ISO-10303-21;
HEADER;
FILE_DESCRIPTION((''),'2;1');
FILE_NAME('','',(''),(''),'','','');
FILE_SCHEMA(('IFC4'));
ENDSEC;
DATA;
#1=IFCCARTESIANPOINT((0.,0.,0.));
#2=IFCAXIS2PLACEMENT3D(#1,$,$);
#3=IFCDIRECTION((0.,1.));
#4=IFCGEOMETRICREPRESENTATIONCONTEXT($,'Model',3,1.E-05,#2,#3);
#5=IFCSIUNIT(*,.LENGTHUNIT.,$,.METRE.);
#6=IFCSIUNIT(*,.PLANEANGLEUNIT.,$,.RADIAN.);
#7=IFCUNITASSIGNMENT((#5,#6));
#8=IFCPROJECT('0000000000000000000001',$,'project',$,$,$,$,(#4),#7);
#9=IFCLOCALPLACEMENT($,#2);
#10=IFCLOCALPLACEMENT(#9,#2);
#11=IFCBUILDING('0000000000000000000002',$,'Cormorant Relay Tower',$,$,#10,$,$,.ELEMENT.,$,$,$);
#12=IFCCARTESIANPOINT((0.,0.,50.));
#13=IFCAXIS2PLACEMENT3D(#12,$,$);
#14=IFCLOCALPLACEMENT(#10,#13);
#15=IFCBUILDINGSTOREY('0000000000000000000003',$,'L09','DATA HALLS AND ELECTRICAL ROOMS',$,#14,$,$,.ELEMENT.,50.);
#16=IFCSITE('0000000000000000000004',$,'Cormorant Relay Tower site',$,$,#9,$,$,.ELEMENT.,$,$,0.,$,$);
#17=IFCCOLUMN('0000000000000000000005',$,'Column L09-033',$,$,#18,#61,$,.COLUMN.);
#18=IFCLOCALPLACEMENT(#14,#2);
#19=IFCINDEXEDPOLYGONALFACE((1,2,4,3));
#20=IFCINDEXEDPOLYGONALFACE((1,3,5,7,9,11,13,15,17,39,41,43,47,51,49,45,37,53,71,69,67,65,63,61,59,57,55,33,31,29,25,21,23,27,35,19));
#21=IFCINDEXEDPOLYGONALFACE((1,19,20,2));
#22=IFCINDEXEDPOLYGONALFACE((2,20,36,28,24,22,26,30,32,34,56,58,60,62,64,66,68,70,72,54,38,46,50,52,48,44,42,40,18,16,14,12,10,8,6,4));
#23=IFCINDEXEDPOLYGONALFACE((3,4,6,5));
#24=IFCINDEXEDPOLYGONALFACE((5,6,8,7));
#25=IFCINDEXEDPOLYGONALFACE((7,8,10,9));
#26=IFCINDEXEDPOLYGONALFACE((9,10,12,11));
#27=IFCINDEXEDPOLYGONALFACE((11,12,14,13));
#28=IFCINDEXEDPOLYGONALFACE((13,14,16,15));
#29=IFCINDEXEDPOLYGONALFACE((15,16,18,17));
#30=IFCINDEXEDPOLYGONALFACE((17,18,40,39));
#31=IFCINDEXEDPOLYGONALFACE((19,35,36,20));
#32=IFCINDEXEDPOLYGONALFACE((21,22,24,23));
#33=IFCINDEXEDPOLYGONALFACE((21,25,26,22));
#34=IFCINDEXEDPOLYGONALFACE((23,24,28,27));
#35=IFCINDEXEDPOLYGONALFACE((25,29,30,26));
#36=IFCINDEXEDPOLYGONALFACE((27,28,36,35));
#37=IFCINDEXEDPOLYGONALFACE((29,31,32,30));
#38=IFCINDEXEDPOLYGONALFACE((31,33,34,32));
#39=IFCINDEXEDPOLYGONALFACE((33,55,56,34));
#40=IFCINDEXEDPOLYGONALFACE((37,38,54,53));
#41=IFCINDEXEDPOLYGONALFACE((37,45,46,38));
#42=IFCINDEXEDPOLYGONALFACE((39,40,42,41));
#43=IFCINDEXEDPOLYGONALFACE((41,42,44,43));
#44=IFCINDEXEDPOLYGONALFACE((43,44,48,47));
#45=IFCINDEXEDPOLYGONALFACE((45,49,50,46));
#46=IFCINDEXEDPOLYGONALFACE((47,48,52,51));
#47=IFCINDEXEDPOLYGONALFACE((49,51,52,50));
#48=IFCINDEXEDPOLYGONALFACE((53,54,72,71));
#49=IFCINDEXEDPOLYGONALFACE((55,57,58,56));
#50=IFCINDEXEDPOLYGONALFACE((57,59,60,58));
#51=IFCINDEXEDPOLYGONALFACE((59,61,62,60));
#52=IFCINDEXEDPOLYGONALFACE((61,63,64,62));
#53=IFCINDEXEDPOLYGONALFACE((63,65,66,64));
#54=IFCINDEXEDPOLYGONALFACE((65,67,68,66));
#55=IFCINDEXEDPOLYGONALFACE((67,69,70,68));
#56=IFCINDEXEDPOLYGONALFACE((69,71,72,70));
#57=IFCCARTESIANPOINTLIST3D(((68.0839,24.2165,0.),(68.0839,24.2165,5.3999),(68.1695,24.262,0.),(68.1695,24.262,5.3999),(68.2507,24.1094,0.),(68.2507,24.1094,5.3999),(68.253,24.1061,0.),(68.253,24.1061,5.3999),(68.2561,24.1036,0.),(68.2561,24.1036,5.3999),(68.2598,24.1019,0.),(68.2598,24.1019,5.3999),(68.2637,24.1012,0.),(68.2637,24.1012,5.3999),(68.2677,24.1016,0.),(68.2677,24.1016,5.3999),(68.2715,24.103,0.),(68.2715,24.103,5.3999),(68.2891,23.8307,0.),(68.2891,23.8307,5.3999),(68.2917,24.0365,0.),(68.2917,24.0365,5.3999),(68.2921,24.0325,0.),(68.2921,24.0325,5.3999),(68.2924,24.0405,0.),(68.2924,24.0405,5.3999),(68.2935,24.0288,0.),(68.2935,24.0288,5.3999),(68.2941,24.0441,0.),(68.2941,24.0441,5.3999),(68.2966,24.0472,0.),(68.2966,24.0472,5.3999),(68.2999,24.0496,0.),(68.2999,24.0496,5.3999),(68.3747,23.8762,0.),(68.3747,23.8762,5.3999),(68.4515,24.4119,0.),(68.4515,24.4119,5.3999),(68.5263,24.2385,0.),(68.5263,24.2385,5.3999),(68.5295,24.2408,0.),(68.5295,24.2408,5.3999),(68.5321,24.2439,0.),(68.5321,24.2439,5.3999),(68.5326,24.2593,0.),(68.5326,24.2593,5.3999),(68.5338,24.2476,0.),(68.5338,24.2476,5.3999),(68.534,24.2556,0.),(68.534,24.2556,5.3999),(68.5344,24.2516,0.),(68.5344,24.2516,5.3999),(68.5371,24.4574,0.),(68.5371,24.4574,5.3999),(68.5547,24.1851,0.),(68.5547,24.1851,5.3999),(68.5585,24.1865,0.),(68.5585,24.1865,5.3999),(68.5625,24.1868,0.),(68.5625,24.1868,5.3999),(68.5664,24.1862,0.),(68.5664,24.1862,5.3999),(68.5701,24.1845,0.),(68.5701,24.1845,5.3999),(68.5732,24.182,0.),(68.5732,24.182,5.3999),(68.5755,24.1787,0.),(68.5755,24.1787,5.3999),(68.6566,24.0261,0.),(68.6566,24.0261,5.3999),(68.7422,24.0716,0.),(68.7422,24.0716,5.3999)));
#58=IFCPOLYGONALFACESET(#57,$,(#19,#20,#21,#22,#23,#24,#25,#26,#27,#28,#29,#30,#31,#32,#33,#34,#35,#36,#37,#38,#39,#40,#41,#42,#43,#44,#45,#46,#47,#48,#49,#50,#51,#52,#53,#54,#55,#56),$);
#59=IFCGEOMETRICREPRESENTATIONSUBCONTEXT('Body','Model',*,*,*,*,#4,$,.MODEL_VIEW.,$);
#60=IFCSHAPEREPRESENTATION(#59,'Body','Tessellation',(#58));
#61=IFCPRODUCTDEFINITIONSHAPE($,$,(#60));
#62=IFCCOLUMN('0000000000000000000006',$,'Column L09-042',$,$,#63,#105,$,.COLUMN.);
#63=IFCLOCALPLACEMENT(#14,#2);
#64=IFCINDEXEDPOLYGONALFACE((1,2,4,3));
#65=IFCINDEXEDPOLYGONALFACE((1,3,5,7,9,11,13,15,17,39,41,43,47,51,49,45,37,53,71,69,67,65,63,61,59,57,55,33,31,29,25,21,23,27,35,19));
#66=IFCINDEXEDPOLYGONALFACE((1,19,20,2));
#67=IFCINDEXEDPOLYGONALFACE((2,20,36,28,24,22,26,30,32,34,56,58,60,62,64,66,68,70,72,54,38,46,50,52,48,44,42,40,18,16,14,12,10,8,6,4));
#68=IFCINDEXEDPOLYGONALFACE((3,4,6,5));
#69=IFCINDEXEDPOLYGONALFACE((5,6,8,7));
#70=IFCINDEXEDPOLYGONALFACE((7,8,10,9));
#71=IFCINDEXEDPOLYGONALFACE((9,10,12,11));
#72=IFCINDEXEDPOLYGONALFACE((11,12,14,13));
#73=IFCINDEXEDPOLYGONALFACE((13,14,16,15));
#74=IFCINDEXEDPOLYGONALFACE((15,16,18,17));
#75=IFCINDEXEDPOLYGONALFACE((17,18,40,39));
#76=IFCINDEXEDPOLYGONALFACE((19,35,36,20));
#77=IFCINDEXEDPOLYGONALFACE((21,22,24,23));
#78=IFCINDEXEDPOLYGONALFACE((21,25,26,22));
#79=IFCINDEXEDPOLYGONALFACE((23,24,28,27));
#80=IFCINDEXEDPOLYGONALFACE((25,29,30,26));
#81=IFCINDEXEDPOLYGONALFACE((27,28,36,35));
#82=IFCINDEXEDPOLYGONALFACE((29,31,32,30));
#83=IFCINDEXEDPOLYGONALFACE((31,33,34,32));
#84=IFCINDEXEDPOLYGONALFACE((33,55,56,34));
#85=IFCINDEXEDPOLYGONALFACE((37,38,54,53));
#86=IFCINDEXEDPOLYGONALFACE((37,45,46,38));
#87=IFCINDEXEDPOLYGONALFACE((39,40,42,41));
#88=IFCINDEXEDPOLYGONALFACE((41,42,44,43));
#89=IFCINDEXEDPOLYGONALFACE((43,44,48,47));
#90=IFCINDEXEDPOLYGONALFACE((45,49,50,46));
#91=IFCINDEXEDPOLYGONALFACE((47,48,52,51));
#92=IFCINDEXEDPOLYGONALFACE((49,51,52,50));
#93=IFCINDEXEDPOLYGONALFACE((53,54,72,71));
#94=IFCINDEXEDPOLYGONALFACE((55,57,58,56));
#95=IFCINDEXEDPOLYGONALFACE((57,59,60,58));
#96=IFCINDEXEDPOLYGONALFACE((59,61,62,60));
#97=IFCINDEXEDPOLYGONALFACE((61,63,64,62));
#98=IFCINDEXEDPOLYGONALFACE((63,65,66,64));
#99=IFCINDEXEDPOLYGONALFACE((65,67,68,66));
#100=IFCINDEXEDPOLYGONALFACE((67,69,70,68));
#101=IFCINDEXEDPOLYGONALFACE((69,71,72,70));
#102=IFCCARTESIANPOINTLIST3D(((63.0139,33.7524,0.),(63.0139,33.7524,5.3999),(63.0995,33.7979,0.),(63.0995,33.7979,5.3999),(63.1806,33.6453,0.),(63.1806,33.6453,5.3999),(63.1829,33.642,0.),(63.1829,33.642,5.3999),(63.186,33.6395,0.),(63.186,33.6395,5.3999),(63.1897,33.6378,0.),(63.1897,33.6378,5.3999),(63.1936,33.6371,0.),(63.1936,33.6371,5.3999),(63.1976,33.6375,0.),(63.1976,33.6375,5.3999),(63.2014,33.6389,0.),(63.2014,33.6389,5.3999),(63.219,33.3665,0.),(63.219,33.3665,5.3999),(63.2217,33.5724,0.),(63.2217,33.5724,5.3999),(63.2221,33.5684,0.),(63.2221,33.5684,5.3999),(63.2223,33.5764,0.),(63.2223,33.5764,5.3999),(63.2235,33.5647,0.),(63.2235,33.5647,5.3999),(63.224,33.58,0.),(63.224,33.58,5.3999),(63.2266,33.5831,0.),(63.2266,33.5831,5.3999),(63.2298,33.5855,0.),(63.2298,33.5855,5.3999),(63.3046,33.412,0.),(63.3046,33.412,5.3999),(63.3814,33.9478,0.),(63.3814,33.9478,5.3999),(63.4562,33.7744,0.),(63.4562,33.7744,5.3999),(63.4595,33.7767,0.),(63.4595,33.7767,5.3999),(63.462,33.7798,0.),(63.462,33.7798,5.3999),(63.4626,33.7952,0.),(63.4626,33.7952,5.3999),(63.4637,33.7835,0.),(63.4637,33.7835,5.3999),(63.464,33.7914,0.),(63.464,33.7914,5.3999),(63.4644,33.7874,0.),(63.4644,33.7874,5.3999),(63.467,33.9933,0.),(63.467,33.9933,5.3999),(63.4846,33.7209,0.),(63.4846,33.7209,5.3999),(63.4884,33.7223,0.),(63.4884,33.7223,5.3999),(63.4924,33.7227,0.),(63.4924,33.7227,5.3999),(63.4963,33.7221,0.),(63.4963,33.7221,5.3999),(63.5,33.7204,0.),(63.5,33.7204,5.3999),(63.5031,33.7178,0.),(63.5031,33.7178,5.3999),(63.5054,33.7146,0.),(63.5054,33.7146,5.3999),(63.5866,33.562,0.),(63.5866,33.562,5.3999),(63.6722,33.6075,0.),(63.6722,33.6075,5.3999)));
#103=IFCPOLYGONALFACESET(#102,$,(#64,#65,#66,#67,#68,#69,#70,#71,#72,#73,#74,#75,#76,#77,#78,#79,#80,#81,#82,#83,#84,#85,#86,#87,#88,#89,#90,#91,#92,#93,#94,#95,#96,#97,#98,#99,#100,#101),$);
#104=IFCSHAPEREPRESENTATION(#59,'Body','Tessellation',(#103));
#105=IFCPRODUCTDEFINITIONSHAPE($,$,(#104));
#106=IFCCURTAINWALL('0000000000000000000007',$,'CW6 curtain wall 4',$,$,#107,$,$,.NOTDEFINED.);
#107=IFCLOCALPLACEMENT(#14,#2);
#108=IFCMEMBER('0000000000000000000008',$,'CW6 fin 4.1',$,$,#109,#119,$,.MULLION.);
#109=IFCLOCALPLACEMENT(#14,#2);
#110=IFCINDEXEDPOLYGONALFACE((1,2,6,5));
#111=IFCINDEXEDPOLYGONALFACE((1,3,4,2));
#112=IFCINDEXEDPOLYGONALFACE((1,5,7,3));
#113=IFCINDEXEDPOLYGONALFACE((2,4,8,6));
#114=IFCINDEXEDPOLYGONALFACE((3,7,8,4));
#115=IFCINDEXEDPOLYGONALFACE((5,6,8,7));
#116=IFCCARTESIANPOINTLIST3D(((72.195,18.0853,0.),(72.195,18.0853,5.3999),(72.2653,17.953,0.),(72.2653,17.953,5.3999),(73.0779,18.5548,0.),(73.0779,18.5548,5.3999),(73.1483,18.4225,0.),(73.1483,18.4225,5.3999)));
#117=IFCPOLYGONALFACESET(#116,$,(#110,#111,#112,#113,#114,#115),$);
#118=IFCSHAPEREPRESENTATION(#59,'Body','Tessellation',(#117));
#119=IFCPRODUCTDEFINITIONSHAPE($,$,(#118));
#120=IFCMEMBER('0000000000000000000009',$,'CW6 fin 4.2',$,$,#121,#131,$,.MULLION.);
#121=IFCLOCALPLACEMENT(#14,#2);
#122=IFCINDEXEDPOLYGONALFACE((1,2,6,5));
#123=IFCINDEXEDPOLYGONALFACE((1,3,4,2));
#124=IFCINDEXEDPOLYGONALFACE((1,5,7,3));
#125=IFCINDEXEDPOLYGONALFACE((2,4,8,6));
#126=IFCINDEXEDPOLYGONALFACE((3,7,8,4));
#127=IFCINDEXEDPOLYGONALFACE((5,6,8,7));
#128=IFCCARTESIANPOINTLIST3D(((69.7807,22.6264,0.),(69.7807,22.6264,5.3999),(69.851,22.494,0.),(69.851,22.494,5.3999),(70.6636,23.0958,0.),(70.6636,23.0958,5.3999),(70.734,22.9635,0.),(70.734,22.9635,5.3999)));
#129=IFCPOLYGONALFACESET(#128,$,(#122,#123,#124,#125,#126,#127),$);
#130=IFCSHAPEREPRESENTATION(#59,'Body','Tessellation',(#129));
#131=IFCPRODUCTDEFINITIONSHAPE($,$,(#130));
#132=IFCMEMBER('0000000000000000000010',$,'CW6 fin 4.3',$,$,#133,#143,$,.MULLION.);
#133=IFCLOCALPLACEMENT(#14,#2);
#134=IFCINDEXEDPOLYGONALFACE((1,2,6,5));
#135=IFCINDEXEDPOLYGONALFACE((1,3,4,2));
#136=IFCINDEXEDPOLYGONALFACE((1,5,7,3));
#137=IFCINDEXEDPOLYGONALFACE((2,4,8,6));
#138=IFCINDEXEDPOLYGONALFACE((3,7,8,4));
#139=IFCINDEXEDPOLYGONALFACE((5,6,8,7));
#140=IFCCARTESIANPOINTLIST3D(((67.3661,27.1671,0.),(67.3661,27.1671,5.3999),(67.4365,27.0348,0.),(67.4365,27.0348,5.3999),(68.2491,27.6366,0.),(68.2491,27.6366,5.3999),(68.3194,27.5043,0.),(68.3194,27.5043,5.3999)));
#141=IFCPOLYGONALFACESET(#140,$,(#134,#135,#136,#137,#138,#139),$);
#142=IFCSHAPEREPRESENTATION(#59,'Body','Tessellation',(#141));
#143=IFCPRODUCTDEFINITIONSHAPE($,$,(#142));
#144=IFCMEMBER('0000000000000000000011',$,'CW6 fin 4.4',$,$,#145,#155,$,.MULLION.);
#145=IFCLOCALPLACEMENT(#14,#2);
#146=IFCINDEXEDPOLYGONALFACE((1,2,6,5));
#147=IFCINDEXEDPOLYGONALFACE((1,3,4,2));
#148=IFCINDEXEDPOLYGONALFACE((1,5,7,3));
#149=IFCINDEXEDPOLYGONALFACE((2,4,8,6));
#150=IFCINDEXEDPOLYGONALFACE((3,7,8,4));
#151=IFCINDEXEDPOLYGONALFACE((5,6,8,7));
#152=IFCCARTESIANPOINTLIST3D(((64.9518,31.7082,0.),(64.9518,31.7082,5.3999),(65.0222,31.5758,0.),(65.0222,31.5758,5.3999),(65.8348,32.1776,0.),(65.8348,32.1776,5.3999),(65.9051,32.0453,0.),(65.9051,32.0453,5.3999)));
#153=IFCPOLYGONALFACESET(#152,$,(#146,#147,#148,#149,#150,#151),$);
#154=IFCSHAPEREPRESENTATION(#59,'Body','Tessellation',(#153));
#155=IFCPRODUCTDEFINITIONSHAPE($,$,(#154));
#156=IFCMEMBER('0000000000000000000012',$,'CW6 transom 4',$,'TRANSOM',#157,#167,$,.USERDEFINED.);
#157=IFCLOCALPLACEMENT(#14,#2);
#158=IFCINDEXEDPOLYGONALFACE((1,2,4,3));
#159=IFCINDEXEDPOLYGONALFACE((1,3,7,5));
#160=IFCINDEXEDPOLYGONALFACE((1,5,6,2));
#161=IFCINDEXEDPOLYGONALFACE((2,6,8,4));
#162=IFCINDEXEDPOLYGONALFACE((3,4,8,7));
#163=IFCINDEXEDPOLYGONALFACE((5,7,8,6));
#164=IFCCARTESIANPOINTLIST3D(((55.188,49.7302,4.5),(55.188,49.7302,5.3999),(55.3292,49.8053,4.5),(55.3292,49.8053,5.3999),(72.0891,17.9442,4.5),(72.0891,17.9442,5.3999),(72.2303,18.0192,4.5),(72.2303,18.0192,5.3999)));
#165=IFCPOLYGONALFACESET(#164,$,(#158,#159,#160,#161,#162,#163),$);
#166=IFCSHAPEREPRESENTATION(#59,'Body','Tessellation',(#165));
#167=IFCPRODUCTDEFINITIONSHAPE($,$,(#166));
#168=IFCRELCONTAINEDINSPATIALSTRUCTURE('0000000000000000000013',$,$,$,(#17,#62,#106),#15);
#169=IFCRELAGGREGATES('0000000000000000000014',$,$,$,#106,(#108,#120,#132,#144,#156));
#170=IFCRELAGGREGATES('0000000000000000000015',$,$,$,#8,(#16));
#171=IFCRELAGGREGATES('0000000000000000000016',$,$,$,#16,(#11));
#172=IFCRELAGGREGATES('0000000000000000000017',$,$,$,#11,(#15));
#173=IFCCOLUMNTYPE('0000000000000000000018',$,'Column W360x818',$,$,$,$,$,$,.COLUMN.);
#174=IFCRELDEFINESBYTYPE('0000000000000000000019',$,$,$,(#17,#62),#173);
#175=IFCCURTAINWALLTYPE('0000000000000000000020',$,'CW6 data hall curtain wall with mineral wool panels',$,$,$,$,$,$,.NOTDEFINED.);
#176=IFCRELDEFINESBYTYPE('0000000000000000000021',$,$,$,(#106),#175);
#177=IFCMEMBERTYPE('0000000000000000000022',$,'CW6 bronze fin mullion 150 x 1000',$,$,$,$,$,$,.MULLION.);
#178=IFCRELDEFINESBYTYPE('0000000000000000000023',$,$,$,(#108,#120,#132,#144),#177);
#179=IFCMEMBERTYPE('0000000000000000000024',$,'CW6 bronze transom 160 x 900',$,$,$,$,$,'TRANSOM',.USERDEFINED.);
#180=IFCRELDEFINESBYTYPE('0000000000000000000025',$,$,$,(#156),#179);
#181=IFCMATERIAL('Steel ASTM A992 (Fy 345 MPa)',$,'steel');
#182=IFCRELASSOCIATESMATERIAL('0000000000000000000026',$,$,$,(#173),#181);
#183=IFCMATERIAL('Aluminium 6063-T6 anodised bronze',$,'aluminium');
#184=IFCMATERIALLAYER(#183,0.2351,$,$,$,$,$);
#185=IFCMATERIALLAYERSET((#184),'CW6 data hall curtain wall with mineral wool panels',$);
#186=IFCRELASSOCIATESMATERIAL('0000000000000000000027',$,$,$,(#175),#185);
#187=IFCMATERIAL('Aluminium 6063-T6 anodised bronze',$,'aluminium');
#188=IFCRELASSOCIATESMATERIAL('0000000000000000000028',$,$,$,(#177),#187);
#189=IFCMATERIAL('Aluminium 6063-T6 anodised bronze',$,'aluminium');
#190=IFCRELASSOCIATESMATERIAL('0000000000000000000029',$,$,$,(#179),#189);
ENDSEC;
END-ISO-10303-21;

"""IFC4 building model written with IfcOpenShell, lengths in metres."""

from ifc_helpers import new_model, si_unit, direction, frame, origin, origin_2d, place, context, subcontext, project, spatial, rectangle, i_section, extrude, material, layer, layer_set, material_profile, profile_set, type_object, element, aggregate, save


model = new_model("IFC4")

# Units and contexts
model_context = context("Model", 3, precision=1e-05, world=origin(), true_north=direction((0.0, 1.0)))
body_context = subcontext(model_context, "Body", "Model", "MODEL_VIEW")
ifc_project = project(units=[si_unit("LENGTHUNIT", "METRE"), si_unit("PLANEANGLEUNIT", "RADIAN")], contexts=[model_context])

# Site, building, storey
site_placement = place(None, origin())
site = spatial("IfcSite", under=ifc_project, at=site_placement, Name="Cormorant Relay Tower site", CompositionType="ELEMENT", RefElevation=0.0)
building_placement = place(site_placement, origin())
building = spatial("IfcBuilding", under=site, at=building_placement, Name="Cormorant Relay Tower", CompositionType="ELEMENT")
storey_placement = place(building_placement, frame((0.0, 0.0, 50.0)))
storey = spatial("IfcBuildingStorey", under=building, at=storey_placement, Name="L09", Description="DATA HALLS AND ELECTRICAL ROOMS", CompositionType="ELEMENT", Elevation=50.0)

# Columns
ifc_material_1 = material(Name="Steel ASTM A992 (Fy 345 MPa)", Category="steel")
ifc_material_profile_1 = material_profile(ifc_material_1, i_section(OverallWidth=0.437, OverallDepth=0.5132, WebThickness=0.0605, FlangeThickness=0.0969, FilletRadius=0.0154, at=origin_2d()), Name="W360x818")
ifc_profile_set_1 = profile_set([ifc_material_profile_1], Name="Steel ASTM A992 (Fy 345 MPa)")
column_type_1 = type_object("IfcColumnType", Name="Column W360x818", PredefinedType="COLUMN", material=ifc_profile_set_1)
for number, where, z_axis, x_axis, name in (
    (1, (68.4131, 24.144, 0.0), (0.0, 0.0, 1.0), (-0.469472, 0.882948, 0.0), "Column L09-033"),
    (2, (63.343, 33.6799, 0.0), (0.0, 0.0, 1.0), (-0.469472, 0.882948, 0.0), "Column L09-042"),
):
    element("IfcColumn", number, at=place(storey_placement, frame(where, z_axis=z_axis, x_axis=x_axis)), inside=storey, type_object=column_type_1, Name=name, PredefinedType="COLUMN", context=body_context, shape_type="SweptSolid", body=[
        extrude(i_section(OverallWidth=0.437, OverallDepth=0.5132, WebThickness=0.0605, FlangeThickness=0.0969, FilletRadius=0.0154, at=origin_2d()), origin(), (0.0, 0.0, 1.0), 5.3999),
    ])

# Curtain wall, members
ifc_material_2 = material(Name="Aluminium 6063-T6 anodised bronze", Category="aluminium")
ifc_layer_1 = layer(ifc_material_2, 0.2351)
ifc_layer_set_1 = layer_set([ifc_layer_1], Name="CW6 data hall curtain wall with mineral wool panels")
curtain_wall_type = type_object("IfcCurtainWallType", Name="CW6 data hall curtain wall with mineral wool panels", PredefinedType="NOTDEFINED", material=ifc_layer_set_1)
curtain_wall_1_placement = place(storey_placement, origin())
curtain_wall_1 = element("IfcCurtainWall", 3, at=curtain_wall_1_placement, inside=storey, type_object=curtain_wall_type, Name="CW6 curtain wall 4", PredefinedType="NOTDEFINED")
ifc_material_3 = material(Name="Aluminium 6063-T6 anodised bronze", Category="aluminium")
ifc_material_profile_2 = material_profile(ifc_material_3, rectangle(XDim=0.1499, YDim=1.0, at=origin_2d()), Name="AL 150x1000")
ifc_profile_set_2 = profile_set([ifc_material_profile_2], Name="Aluminium 6063-T6 anodised bronze")
member_type_1 = type_object("IfcMemberType", Name="CW6 bronze fin mullion 150 x 1000", PredefinedType="MULLION", material=ifc_profile_set_2)
member_1_placement = place(storey_placement, frame((72.6716, 18.2539, 0.0), z_axis=(0.0, 0.0, 1.0), x_axis=(-0.469472, 0.882948, 0.0)))
member_1 = element("IfcMember", 4, at=member_1_placement, type_object=member_type_1, Name="CW6 fin 4.1", PredefinedType="MULLION", context=body_context, shape_type="SweptSolid", body=[
    extrude(rectangle(XDim=0.1499, YDim=1.0, at=origin_2d()), origin(), (0.0, 0.0, 1.0), 5.3999),
])
member_2_placement = place(storey_placement, frame((70.2573, 22.7949, 0.0), z_axis=(0.0, 0.0, 1.0), x_axis=(-0.469472, 0.882948, 0.0)))
member_2 = element("IfcMember", 5, at=member_2_placement, type_object=member_type_1, Name="CW6 fin 4.2", PredefinedType="MULLION", context=body_context, shape_type="SweptSolid", body=[
    extrude(rectangle(XDim=0.1499, YDim=1.0, at=origin_2d()), origin(), (0.0, 0.0, 1.0), 5.3999),
])
member_3_placement = place(storey_placement, frame((67.8428, 27.3357, 0.0), z_axis=(0.0, 0.0, 1.0), x_axis=(-0.469472, 0.882948, 0.0)))
member_3 = element("IfcMember", 6, at=member_3_placement, type_object=member_type_1, Name="CW6 fin 4.3", PredefinedType="MULLION", context=body_context, shape_type="SweptSolid", body=[
    extrude(rectangle(XDim=0.1499, YDim=1.0, at=origin_2d()), origin(), (0.0, 0.0, 1.0), 5.3999),
])
member_4_placement = place(storey_placement, frame((65.4285, 31.8767, 0.0), z_axis=(0.0, 0.0, 1.0), x_axis=(-0.469472, 0.882948, 0.0)))
member_4 = element("IfcMember", 7, at=member_4_placement, type_object=member_type_1, Name="CW6 fin 4.4", PredefinedType="MULLION", context=body_context, shape_type="SweptSolid", body=[
    extrude(rectangle(XDim=0.1499, YDim=1.0, at=origin_2d()), origin(), (0.0, 0.0, 1.0), 5.3999),
])
ifc_material_4 = material(Name="Aluminium 6063-T6 anodised bronze", Category="aluminium")
ifc_material_profile_3 = material_profile(ifc_material_4, rectangle(XDim=0.1599, YDim=0.8999, at=origin_2d()), Name="AL 160x900")
ifc_profile_set_3 = profile_set([ifc_material_profile_3], Name="Aluminium 6063-T6 anodised bronze")
member_type_2 = type_object("IfcMemberType", Name="CW6 bronze transom 160 x 900", ElementType="TRANSOM", PredefinedType="USERDEFINED", material=ifc_profile_set_3)
member_5_placement = place(storey_placement, frame((72.1597, 17.9817, 4.95), z_axis=(-0.469475, 0.882946, 0.0), x_axis=(-0.882946, -0.469475, 0.0)))
member_5 = element("IfcMember", 8, at=member_5_placement, type_object=member_type_2, Name="CW6 transom 4", ObjectType="TRANSOM", PredefinedType="USERDEFINED", context=body_context, shape_type="SweptSolid", body=[
    extrude(rectangle(XDim=0.1599, YDim=0.8999, at=origin_2d()), origin(), (0.0, 0.0, 1.0), 36.0),
])

aggregate(curtain_wall_1, [member_1, member_2, member_3, member_4, member_5])

save(model, "model.ifc")
